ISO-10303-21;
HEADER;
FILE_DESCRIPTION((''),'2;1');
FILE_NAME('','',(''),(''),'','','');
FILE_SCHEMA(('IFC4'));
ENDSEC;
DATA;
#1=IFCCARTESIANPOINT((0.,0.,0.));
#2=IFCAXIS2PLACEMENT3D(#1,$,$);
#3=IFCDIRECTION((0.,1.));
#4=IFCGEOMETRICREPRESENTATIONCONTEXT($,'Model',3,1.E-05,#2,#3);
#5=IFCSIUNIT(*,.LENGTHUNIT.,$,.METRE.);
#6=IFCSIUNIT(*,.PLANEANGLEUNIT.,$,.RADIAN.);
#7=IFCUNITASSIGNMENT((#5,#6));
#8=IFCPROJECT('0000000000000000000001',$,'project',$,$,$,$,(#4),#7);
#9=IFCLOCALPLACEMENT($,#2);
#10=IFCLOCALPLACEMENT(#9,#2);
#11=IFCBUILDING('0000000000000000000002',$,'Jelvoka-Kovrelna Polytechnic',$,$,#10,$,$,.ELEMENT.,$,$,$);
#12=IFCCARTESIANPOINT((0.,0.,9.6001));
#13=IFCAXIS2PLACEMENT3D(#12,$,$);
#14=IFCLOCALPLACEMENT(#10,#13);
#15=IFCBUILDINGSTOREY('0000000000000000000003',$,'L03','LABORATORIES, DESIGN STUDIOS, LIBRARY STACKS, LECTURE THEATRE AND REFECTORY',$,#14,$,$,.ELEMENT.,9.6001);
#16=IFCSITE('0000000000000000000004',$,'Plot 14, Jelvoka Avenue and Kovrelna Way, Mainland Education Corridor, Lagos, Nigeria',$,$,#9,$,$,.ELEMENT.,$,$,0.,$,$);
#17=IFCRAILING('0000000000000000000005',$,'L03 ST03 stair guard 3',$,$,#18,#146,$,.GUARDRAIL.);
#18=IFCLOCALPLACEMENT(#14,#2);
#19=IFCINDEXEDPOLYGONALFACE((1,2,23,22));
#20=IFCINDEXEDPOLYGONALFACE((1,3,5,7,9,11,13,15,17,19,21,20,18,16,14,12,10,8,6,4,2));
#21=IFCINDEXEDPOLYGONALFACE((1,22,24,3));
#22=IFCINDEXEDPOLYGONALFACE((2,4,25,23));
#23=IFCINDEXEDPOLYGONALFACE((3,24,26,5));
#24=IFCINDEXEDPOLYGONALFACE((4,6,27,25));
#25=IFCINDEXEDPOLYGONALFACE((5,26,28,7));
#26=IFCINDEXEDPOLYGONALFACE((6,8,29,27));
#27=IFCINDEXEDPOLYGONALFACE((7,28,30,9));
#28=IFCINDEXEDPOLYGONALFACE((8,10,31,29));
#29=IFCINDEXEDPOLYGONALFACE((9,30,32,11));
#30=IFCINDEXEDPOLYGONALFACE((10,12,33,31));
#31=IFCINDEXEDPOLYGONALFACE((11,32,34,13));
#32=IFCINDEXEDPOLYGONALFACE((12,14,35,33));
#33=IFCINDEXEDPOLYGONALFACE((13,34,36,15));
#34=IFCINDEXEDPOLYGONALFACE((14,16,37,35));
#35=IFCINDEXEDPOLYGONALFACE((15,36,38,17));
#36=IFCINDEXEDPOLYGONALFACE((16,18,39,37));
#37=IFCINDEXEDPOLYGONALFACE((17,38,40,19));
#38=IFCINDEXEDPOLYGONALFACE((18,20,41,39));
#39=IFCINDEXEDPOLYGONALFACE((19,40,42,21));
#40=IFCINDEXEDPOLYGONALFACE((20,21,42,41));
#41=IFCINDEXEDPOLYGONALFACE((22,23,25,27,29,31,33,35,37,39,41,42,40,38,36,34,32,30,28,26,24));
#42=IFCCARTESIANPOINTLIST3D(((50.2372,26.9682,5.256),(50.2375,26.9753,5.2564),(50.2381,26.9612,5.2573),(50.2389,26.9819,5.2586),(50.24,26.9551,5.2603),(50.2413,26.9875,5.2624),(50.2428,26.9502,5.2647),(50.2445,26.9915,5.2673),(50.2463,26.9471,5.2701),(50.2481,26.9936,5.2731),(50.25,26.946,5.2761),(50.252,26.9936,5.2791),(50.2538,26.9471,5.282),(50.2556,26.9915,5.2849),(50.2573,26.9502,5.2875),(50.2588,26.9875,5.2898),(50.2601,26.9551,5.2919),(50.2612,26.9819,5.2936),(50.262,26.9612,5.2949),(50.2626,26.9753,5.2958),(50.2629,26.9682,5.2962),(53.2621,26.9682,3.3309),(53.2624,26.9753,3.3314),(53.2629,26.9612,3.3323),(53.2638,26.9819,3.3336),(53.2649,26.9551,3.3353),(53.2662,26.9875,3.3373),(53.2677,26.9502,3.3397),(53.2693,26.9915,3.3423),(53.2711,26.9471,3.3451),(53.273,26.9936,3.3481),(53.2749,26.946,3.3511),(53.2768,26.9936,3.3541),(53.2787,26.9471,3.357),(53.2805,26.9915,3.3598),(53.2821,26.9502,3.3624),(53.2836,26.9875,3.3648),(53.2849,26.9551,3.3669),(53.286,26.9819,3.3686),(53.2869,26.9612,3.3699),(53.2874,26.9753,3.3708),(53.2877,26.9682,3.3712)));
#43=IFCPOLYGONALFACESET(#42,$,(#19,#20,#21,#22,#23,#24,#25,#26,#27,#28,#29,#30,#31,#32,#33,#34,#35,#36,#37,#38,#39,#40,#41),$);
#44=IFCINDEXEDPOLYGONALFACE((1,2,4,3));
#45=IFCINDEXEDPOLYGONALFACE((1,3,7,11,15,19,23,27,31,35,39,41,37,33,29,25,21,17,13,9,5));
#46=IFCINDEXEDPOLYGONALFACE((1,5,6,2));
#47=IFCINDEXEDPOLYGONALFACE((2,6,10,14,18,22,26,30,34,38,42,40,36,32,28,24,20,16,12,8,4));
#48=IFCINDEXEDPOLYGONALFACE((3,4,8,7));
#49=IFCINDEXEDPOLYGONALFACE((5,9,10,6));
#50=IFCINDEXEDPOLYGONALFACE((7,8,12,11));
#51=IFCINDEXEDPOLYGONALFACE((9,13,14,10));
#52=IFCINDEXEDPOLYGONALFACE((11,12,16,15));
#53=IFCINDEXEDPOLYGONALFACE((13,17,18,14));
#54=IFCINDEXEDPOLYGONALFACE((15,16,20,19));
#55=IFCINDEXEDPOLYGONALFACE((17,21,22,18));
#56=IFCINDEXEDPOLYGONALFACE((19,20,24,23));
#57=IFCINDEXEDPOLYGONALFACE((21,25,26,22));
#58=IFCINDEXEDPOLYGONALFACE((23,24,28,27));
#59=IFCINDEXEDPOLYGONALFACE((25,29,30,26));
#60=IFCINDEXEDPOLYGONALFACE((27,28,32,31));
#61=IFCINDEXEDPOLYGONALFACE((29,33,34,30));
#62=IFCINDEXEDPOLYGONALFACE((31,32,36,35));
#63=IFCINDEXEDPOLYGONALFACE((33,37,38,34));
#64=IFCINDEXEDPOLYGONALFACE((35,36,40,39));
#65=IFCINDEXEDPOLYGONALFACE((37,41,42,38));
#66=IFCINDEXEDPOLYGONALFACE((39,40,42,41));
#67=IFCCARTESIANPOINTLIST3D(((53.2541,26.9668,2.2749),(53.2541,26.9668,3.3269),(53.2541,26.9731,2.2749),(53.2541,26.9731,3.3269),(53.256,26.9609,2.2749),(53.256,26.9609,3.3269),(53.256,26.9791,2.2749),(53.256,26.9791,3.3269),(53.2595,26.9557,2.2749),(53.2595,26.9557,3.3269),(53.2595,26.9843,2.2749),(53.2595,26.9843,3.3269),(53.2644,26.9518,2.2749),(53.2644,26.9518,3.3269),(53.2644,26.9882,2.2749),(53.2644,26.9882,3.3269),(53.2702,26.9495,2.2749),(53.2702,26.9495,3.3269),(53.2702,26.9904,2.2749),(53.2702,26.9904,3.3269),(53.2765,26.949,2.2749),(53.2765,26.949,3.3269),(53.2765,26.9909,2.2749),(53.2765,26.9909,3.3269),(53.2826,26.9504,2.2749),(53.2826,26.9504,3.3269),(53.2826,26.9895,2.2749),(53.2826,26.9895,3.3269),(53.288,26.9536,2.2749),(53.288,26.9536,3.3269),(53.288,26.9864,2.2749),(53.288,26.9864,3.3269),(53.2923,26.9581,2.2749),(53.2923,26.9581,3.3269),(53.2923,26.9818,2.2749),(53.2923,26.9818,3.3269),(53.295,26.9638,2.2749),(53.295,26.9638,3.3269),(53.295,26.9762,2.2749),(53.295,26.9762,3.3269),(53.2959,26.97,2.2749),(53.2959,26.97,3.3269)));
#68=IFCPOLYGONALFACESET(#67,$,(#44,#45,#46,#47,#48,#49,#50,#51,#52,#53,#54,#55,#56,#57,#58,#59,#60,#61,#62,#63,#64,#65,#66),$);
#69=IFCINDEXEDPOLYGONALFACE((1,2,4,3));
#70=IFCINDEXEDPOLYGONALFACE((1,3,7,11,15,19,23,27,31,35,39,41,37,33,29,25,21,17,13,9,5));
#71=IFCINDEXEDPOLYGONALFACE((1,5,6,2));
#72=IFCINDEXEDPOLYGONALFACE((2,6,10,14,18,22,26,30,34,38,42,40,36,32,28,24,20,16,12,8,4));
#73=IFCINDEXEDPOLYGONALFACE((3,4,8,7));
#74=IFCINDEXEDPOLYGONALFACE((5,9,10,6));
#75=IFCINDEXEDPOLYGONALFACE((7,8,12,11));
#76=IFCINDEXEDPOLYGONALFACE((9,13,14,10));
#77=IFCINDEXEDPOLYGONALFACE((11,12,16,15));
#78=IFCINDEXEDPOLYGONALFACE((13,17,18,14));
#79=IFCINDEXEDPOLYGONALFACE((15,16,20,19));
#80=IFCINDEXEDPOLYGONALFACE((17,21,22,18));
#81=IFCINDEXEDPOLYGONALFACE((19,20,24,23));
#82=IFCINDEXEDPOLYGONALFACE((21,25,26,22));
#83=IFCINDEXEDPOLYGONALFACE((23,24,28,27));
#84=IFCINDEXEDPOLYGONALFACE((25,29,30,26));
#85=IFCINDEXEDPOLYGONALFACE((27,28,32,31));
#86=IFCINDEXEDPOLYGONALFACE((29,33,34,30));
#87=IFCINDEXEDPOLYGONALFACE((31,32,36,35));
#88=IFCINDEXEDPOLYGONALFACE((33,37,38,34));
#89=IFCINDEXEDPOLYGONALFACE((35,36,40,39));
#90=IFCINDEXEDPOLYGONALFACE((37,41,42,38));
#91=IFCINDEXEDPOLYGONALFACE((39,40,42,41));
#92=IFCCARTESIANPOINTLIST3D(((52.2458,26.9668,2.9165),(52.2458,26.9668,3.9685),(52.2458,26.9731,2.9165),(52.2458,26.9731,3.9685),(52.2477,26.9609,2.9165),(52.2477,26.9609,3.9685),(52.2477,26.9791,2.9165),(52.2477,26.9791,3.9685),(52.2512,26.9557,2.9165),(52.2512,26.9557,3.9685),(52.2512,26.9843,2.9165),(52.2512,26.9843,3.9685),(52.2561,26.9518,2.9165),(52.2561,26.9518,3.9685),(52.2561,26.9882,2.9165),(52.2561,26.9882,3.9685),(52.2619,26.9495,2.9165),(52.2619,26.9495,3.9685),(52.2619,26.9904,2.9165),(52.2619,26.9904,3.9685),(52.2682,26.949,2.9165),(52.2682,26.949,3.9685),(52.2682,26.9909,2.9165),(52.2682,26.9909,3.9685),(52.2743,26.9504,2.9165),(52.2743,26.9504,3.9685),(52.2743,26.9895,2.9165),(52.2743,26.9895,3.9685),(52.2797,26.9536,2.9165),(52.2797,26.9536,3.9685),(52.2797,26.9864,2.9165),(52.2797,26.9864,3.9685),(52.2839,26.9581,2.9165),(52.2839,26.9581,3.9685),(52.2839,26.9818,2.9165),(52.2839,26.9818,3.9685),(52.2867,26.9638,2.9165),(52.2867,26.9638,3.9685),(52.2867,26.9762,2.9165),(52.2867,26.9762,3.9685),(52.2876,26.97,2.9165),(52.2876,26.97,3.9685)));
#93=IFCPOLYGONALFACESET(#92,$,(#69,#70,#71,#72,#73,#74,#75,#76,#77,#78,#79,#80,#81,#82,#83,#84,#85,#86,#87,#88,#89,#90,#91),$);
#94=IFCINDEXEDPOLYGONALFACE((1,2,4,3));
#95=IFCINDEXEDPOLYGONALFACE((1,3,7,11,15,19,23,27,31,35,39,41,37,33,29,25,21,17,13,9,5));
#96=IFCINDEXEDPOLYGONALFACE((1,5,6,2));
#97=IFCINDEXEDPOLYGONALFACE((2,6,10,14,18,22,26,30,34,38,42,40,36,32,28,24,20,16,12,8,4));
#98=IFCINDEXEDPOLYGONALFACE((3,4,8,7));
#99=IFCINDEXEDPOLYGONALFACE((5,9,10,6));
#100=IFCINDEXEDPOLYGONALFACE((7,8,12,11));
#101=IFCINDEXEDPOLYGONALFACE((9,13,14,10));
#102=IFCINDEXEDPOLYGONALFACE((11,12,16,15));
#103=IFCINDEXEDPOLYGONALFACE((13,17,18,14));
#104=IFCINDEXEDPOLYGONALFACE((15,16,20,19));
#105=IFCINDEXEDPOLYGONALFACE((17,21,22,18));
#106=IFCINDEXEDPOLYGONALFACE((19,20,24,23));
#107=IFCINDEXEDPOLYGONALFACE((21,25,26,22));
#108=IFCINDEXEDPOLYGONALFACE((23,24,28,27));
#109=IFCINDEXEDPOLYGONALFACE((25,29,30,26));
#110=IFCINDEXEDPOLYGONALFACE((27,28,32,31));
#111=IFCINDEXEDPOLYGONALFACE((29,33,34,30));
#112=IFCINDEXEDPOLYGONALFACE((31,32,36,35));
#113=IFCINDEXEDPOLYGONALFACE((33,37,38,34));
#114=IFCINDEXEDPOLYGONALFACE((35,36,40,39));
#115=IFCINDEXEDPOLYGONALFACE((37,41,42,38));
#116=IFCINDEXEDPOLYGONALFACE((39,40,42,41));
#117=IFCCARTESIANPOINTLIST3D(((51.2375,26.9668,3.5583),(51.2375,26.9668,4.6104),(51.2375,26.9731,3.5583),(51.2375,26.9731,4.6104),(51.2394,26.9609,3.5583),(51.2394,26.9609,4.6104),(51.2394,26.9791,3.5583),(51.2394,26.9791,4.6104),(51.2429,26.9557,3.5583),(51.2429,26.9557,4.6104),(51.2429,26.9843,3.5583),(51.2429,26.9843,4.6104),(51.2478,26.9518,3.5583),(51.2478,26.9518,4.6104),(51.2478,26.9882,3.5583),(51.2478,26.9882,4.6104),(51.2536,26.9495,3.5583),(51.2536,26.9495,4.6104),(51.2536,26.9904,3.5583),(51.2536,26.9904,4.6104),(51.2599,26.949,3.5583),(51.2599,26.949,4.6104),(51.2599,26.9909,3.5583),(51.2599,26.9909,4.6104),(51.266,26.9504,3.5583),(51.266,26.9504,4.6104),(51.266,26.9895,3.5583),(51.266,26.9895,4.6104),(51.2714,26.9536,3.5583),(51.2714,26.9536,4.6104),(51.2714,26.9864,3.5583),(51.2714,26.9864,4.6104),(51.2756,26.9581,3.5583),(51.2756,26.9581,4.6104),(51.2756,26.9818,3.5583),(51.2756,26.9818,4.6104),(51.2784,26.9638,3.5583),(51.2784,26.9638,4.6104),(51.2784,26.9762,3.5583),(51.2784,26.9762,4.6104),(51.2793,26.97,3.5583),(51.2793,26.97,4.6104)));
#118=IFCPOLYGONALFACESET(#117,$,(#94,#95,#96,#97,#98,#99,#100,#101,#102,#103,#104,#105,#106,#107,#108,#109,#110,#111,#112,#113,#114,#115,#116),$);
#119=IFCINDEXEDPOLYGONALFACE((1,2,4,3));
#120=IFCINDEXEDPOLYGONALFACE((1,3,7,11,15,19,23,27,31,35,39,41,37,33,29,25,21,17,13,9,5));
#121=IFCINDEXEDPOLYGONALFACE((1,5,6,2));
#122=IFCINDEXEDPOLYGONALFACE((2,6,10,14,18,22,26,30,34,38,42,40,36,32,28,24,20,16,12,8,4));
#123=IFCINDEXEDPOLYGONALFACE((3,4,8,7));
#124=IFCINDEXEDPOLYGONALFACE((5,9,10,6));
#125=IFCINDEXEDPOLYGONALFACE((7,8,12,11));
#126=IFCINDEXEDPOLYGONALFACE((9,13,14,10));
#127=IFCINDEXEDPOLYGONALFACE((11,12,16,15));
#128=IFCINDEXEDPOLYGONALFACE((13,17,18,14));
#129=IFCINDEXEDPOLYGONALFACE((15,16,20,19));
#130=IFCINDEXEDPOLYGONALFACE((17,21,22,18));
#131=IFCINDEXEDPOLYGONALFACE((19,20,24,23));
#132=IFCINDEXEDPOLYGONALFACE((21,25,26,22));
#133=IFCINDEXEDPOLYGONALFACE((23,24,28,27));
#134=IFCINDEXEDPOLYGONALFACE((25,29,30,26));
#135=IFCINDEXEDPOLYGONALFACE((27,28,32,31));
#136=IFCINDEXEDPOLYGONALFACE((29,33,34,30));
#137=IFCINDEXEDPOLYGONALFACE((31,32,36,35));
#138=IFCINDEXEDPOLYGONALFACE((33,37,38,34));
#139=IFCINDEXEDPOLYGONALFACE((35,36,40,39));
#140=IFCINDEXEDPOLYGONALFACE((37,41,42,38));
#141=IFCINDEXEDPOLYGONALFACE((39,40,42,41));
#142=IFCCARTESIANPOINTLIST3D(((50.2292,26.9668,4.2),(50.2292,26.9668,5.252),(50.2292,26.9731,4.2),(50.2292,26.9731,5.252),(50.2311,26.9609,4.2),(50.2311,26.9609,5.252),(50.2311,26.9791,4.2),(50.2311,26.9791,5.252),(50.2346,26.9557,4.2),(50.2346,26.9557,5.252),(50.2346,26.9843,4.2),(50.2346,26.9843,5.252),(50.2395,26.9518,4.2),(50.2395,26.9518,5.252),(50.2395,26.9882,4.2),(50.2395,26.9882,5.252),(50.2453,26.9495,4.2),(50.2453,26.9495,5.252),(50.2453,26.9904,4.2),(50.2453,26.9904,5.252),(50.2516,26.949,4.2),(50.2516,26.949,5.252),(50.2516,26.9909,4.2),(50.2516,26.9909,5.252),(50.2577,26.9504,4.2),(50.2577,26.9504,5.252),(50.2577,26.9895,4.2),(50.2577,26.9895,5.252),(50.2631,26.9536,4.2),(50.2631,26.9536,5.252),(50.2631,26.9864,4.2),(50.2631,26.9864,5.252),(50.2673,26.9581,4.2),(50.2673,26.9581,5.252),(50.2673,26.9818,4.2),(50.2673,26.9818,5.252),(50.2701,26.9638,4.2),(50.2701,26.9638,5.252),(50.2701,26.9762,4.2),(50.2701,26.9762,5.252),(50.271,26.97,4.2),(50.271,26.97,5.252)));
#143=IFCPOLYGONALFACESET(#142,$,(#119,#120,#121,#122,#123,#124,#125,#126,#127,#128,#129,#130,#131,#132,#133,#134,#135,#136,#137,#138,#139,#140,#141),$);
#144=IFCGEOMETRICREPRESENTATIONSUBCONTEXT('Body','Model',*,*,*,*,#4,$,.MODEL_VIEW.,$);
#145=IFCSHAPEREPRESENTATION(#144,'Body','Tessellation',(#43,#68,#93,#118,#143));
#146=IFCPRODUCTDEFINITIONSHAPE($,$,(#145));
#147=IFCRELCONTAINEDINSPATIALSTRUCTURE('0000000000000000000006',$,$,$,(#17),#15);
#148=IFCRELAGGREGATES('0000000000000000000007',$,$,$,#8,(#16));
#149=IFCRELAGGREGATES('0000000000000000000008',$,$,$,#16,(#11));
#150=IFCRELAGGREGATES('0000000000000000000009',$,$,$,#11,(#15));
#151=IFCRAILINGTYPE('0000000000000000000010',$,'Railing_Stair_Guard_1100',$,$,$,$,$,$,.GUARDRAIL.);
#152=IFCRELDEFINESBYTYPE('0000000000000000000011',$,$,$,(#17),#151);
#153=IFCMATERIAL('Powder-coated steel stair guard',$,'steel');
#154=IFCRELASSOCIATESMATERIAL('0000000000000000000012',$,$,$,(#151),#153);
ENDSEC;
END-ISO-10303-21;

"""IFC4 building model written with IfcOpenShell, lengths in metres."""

from ifc_helpers import new_model, si_unit, direction, frame, origin, origin_2d, place, context, subcontext, project, spatial, circle, extrude, material, type_object, element, save


model = new_model("IFC4")

# Units and contexts
model_context = context("Model", 3, precision=1e-05, world=origin(), true_north=direction((0.0, 1.0)))
body_context = subcontext(model_context, "Body", "Model", "MODEL_VIEW")
ifc_project = project(units=[si_unit("LENGTHUNIT", "METRE"), si_unit("PLANEANGLEUNIT", "RADIAN")], contexts=[model_context])

# Site, building, storey
site_placement = place(None, origin())
site = spatial("IfcSite", under=ifc_project, at=site_placement, Name="Plot 14, Jelvoka Avenue and Kovrelna Way, Mainland Education Corridor, Lagos, Nigeria", CompositionType="ELEMENT", RefElevation=0.0)
building_placement = place(site_placement, origin())
building = spatial("IfcBuilding", under=site, at=building_placement, Name="Jelvoka-Kovrelna Polytechnic", CompositionType="ELEMENT")
storey_placement = place(building_placement, frame((0.0, 0.0, 9.6001)))
storey = spatial("IfcBuildingStorey", under=building, at=storey_placement, Name="L03", Description="LABORATORIES, DESIGN STUDIOS, LIBRARY STACKS, LECTURE THEATRE AND REFECTORY", CompositionType="ELEMENT", Elevation=9.6001)

# Railing
ifc_material_1 = material(Name="Powder-coated steel stair guard", Category="steel")
railing_type_1 = type_object("IfcRailingType", Name="Railing_Stair_Guard_1100", PredefinedType="GUARDRAIL", material=ifc_material_1)
railing_1_placement = place(storey_placement, frame((53.2749, 26.97, 2.2749)))
element("IfcRailing", 1, at=railing_1_placement, inside=storey, type_object=railing_type_1, Name="L03 ST03 stair guard 3", PredefinedType="GUARDRAIL", context=body_context, shape_type="SweptSolid", body=[
    extrude(circle(Radius=0.0239, at=origin_2d()), frame((0.0, 0.0, 1.0762), z_axis=(-0.843647, 0.0, 0.536898), x_axis=(0.0, -1.0, 0.0)), (0.0, 0.0, 1.0), 3.5854),
    extrude(circle(Radius=0.021, at=origin_2d()), origin(), (0.0, 0.0, 1.0), 1.052),
    extrude(circle(Radius=0.021, at=origin_2d()), frame((-1.0083, 0.0, 0.6416)), (0.0, 0.0, 1.0), 1.052),
    extrude(circle(Radius=0.021, at=origin_2d()), frame((-2.0166, 0.0, 1.2834)), (0.0, 0.0, 1.0), 1.052),
    extrude(circle(Radius=0.021, at=origin_2d()), frame((-3.0249, 0.0, 1.925)), (0.0, 0.0, 1.0), 1.052),
])

save(model, "model.ifc")
